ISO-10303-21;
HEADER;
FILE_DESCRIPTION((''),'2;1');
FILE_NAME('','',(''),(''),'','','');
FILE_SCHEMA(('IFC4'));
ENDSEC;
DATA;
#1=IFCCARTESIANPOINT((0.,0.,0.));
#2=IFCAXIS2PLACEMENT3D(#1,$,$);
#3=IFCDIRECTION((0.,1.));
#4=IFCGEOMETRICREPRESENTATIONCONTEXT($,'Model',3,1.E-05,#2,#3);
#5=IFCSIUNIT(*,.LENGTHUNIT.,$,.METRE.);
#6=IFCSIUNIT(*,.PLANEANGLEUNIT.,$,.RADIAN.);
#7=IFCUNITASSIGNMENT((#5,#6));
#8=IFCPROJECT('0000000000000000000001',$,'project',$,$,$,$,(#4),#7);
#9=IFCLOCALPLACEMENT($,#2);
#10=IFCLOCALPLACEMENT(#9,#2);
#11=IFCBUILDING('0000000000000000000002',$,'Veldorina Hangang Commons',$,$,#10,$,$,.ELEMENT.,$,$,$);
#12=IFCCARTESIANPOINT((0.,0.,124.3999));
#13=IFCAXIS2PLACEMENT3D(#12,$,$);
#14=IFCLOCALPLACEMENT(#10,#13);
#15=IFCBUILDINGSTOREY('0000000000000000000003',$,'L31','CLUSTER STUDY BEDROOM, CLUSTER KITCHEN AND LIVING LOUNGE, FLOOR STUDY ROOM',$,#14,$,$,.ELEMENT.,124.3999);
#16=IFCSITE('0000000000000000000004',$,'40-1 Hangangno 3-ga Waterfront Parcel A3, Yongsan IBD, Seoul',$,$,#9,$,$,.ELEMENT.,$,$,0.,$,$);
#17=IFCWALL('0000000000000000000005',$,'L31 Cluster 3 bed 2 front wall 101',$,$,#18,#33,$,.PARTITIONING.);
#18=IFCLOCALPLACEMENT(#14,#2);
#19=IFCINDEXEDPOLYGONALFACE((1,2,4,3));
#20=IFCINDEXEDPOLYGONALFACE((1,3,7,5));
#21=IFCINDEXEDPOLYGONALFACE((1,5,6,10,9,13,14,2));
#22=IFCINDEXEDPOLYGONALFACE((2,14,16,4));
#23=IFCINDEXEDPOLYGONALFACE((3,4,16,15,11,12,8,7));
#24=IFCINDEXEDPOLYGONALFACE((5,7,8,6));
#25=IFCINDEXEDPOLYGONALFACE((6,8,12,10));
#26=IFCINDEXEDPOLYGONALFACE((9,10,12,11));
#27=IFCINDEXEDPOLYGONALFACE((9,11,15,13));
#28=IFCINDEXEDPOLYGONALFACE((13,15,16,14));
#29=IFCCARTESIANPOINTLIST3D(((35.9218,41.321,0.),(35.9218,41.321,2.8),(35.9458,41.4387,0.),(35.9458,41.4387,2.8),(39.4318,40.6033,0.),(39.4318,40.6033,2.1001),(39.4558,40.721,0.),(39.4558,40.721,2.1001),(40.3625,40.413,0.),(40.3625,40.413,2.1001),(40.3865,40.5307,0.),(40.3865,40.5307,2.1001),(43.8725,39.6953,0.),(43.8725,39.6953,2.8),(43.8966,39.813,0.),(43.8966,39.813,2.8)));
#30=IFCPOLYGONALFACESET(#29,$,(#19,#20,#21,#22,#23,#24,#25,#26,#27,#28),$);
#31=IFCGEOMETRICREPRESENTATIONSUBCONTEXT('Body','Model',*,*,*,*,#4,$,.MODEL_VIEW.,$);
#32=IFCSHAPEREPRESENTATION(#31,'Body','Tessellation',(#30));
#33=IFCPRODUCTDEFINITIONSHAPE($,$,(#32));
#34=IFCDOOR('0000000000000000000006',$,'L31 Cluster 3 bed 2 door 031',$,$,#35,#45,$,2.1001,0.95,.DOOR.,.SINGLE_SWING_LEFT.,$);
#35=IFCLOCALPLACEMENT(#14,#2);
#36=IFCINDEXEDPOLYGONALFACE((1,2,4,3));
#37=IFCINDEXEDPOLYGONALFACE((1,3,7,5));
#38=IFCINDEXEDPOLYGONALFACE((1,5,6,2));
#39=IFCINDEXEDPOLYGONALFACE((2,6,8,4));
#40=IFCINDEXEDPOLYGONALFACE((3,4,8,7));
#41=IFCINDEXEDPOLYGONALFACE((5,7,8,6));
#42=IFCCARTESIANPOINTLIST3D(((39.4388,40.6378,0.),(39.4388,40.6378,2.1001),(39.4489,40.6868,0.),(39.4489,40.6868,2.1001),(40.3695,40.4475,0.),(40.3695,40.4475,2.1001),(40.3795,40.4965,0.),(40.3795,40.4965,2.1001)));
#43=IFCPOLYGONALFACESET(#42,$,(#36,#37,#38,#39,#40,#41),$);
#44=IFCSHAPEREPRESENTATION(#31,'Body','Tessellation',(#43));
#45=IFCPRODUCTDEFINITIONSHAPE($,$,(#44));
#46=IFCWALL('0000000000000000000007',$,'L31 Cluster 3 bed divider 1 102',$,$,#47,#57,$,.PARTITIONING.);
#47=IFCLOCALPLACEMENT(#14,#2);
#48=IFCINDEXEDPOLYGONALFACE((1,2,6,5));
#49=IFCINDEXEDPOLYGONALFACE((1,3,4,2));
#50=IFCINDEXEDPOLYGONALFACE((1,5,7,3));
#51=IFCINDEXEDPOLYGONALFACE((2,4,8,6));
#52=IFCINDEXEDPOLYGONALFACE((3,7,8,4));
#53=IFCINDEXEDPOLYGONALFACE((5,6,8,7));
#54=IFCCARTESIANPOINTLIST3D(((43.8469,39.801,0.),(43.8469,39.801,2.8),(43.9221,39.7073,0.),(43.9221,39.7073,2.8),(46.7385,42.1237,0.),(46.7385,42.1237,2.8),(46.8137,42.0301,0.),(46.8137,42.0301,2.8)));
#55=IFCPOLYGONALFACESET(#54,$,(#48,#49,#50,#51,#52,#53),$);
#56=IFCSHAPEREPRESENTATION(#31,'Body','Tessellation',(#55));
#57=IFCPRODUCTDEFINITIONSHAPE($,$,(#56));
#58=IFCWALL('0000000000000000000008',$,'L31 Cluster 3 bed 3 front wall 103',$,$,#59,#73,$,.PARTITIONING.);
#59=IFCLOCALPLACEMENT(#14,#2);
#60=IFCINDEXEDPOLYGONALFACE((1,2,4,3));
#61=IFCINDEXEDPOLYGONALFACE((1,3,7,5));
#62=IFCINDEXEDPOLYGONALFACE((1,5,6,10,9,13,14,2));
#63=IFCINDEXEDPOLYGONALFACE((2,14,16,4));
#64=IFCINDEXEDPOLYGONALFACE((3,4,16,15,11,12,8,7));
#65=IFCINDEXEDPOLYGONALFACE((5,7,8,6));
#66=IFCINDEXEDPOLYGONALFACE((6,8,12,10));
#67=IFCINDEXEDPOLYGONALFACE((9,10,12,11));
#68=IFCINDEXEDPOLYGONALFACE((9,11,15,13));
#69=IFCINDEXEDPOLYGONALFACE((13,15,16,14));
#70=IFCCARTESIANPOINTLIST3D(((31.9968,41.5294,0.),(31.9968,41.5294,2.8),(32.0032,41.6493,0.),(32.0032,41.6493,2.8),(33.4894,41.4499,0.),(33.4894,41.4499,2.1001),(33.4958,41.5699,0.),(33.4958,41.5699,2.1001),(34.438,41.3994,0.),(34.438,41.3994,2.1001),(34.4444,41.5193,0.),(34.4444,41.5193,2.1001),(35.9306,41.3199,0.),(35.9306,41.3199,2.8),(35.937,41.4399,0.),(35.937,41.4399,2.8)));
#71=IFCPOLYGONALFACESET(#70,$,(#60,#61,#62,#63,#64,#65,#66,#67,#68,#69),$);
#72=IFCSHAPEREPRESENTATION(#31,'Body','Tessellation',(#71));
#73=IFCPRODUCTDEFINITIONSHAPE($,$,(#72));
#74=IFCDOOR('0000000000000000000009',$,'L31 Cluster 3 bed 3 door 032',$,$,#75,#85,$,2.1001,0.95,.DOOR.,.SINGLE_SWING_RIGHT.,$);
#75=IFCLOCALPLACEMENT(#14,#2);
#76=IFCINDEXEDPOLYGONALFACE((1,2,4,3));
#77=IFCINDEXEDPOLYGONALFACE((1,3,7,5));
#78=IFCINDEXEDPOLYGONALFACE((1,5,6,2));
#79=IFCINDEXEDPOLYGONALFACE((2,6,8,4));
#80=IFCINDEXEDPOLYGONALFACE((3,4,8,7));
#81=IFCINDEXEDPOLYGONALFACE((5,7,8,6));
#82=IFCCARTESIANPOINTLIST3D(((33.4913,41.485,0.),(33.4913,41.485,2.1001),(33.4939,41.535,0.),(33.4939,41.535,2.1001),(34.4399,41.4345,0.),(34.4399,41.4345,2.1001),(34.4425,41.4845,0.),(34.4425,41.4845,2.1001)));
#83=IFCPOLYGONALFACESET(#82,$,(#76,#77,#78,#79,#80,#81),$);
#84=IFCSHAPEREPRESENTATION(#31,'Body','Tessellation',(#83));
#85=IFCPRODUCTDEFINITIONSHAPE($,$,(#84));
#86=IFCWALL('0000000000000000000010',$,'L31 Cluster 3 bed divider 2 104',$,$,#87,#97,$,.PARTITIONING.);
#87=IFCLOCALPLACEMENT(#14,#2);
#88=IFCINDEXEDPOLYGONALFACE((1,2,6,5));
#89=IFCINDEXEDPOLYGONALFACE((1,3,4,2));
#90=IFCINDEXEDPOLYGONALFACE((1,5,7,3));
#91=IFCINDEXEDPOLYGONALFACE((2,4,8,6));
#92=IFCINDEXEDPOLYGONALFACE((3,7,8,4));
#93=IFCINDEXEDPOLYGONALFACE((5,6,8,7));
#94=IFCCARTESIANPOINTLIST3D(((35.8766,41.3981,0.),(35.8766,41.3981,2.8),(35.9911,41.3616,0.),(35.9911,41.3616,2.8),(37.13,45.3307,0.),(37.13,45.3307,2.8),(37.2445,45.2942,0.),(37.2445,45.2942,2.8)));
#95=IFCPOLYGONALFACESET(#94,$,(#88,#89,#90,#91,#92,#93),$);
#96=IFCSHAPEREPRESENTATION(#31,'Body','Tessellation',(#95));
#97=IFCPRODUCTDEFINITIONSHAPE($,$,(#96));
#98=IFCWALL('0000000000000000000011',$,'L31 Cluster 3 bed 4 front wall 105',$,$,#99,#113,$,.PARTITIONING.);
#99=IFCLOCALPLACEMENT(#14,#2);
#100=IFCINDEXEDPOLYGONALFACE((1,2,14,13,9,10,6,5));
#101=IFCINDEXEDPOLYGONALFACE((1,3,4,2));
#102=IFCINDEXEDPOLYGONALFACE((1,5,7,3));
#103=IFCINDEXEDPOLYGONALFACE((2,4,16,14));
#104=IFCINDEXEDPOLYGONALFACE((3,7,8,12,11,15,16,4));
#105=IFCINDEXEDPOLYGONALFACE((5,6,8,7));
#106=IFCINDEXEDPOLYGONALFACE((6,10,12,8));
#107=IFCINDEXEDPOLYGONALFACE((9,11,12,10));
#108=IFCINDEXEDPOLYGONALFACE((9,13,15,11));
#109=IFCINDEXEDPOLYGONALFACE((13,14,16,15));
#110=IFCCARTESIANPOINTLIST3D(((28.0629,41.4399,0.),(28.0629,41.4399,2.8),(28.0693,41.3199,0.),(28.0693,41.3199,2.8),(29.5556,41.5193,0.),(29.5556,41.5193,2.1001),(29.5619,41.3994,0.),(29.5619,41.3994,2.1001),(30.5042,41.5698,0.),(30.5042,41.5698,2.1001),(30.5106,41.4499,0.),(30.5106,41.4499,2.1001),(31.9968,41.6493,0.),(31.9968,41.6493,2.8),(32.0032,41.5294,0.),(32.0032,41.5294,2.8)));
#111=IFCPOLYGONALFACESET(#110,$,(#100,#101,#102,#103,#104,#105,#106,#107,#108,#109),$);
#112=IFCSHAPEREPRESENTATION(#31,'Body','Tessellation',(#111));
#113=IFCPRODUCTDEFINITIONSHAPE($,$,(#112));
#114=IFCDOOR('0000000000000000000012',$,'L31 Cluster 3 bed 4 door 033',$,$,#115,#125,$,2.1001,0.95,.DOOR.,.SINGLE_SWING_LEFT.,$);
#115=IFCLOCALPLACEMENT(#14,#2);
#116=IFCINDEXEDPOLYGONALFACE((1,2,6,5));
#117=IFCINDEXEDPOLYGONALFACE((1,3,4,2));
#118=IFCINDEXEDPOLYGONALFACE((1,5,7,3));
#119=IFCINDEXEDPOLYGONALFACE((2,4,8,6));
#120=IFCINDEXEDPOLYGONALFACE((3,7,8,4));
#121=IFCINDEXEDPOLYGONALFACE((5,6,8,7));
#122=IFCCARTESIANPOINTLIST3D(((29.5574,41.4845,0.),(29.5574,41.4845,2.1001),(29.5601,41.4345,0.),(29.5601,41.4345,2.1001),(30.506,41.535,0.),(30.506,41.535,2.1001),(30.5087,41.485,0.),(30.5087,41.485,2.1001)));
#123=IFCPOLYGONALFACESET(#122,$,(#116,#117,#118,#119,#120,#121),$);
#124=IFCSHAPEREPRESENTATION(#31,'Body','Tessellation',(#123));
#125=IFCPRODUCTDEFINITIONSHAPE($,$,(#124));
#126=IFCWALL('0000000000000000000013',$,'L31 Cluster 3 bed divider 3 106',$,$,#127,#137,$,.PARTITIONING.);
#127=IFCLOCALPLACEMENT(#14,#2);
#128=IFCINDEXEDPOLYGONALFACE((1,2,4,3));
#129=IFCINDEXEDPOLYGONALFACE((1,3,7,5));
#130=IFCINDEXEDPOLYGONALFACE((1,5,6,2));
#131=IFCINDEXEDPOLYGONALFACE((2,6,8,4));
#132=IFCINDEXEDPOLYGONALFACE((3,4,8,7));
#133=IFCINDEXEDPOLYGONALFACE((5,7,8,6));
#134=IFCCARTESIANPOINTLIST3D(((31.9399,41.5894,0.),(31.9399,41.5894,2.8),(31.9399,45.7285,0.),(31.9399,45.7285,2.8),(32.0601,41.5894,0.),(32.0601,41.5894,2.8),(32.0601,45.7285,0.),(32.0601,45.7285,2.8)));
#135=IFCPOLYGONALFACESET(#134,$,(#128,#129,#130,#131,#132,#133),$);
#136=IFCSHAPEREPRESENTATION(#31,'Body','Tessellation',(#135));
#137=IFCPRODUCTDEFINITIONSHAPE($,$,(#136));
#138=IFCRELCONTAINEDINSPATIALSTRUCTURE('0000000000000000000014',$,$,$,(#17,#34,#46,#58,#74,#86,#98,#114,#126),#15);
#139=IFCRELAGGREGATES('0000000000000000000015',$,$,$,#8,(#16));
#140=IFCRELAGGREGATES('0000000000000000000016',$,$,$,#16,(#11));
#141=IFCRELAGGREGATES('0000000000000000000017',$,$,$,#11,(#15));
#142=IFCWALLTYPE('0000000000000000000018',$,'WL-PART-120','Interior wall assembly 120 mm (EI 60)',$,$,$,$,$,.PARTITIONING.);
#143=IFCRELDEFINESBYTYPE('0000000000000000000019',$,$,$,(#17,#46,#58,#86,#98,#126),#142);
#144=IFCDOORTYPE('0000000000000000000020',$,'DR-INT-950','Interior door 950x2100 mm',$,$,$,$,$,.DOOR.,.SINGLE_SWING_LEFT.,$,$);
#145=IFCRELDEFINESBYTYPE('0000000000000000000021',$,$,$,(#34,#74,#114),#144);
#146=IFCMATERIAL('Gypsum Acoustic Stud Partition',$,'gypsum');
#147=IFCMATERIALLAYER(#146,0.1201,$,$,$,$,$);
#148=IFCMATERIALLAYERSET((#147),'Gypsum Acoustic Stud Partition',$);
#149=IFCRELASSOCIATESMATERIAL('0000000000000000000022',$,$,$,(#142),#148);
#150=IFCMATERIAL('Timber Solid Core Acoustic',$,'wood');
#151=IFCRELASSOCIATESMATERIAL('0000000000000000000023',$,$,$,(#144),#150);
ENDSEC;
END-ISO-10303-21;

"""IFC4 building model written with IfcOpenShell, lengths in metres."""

from ifc_helpers import new_model, si_unit, direction, frame, frame_2d, origin, place, context, subcontext, project, spatial, rectangle, extrude, material, layer, layer_set, type_object, element, fill, save


model = new_model("IFC4")

# Units and contexts
model_context = context("Model", 3, precision=1e-05, world=origin(), true_north=direction((0.0, 1.0)))
body_context = subcontext(model_context, "Body", "Model", "MODEL_VIEW")
ifc_project = project(units=[si_unit("LENGTHUNIT", "METRE"), si_unit("PLANEANGLEUNIT", "RADIAN")], contexts=[model_context])

# Site, building, storey
site_placement = place(None, origin())
site = spatial("IfcSite", under=ifc_project, at=site_placement, Name="40-1 Hangangno 3-ga Waterfront Parcel A3, Yongsan IBD, Seoul", CompositionType="ELEMENT", RefElevation=0.0)
building_placement = place(site_placement, origin())
building = spatial("IfcBuilding", under=site, at=building_placement, Name="Veldorina Hangang Commons", CompositionType="ELEMENT")
storey_placement = place(building_placement, frame((0.0, 0.0, 124.3999)))
storey = spatial("IfcBuildingStorey", under=building, at=storey_placement, Name="L31", Description="CLUSTER STUDY BEDROOM, CLUSTER KITCHEN AND LIVING LOUNGE, FLOOR STUDY ROOM", CompositionType="ELEMENT", Elevation=124.3999)

# Wall, opening, door
ifc_material_1 = material(Name="Gypsum Acoustic Stud Partition", Category="gypsum")
ifc_layer_1 = layer(ifc_material_1, 0.1201)
ifc_layer_set_1 = layer_set([ifc_layer_1], Name="Gypsum Acoustic Stud Partition")
wall_type_1 = type_object("IfcWallType", Name="WL-PART-120", Description="Interior wall assembly 120 mm (EI 60)", PredefinedType="PARTITIONING", material=ifc_layer_set_1)
wall_1_placement = place(storey_placement, frame((43.8845, 39.7542, 0.0), z_axis=(0.0, 0.0, 1.0), x_axis=(-0.979728, 0.200332, 0.0)))
wall_1 = element("IfcWall", 1, at=wall_1_placement, inside=storey, type_object=wall_type_1, Name="L31 Cluster 3 bed 2 front wall 101", PredefinedType="PARTITIONING", context=body_context, shape_type="SweptSolid", body=[
    extrude(rectangle(XDim=8.1152, YDim=0.1201, at=frame_2d((4.0576, 0.0))), origin(), (0.0, 0.0, 1.0), 2.8),
])
opening_1_placement = place(wall_1_placement, frame((3.5825, 0.0, 0.0)))
opening_1 = element("IfcOpeningElement", 2, at=opening_1_placement, cuts=wall_1, PredefinedType="OPENING", context=body_context, shape_type="SweptSolid", body=[
    extrude(rectangle(XDim=0.95, YDim=2.1001, at=frame_2d((0.4751, 1.05))), frame((0.0, 0.0701, 0.0), z_axis=(0.0, -1.0, 0.0), x_axis=(1.0, 0.0, 0.0)), (0.0, 0.0, 1.0), 0.1401),
])
ifc_material_2 = material(Name="Timber Solid Core Acoustic", Category="wood")
door_type_1 = type_object("IfcDoorType", Name="DR-INT-950", Description="Interior door 950x2100 mm", OperationType="SINGLE_SWING_LEFT", PredefinedType="DOOR", material=ifc_material_2)
door_1_placement = place(opening_1_placement, origin())
door_1 = element("IfcDoor", 3, at=door_1_placement, inside=storey, type_object=door_type_1, Name="L31 Cluster 3 bed 2 door 031", OperationType="SINGLE_SWING_LEFT", OverallHeight=2.1001, OverallWidth=0.95, PredefinedType="DOOR", context=body_context, shape_type="SweptSolid", body=[
    extrude(rectangle(XDim=0.95, YDim=2.1001, at=frame_2d((0.4751, 1.05))), frame((0.0, 0.0249, 0.0), z_axis=(0.0, -1.0, 0.0), x_axis=(1.0, 0.0, 0.0)), (0.0, 0.0, 1.0), 0.05),
])
fill(opening_1, door_1)

# Wall
wall_2_placement = place(storey_placement, frame((43.8845, 39.7542, 0.0), z_axis=(0.0, 0.0, 1.0), x_axis=(0.779621, 0.626251, 0.0)))
element("IfcWall", 4, at=wall_2_placement, inside=storey, type_object=wall_type_1, Name="L31 Cluster 3 bed divider 1 102", PredefinedType="PARTITIONING", context=body_context, shape_type="SweptSolid", body=[
    extrude(rectangle(XDim=3.709, YDim=0.1201, at=frame_2d((1.8545, 0.0))), origin(), (0.0, 0.0, 1.0), 2.8),
])

# Wall, opening, door
wall_3_placement = place(storey_placement, frame((35.9338, 41.3799, 0.0), z_axis=(0.0, 0.0, 1.0), x_axis=(-0.998585, 0.053174, 0.0)))
wall_3 = element("IfcWall", 5, at=wall_3_placement, inside=storey, type_object=wall_type_1, Name="L31 Cluster 3 bed 3 front wall 103", PredefinedType="PARTITIONING", context=body_context, shape_type="SweptSolid", body=[
    extrude(rectangle(XDim=3.9395, YDim=0.1201, at=frame_2d((1.9697, 0.0))), origin(), (0.0, 0.0, 1.0), 2.8),
])
opening_2_placement = place(wall_3_placement, frame((1.4946, 0.0, 0.0)))
opening_2 = element("IfcOpeningElement", 6, at=opening_2_placement, cuts=wall_3, PredefinedType="OPENING", context=body_context, shape_type="SweptSolid", body=[
    extrude(rectangle(XDim=0.95, YDim=2.1001, at=frame_2d((0.4751, 1.05))), frame((0.0, 0.0701, 0.0), z_axis=(0.0, -1.0, 0.0), x_axis=(1.0, 0.0, 0.0)), (0.0, 0.0, 1.0), 0.1401),
])
door_2_placement = place(opening_2_placement, origin())
door_2 = element("IfcDoor", 7, at=door_2_placement, inside=storey, type_object=door_type_1, Name="L31 Cluster 3 bed 3 door 032", OperationType="SINGLE_SWING_RIGHT", OverallHeight=2.1001, OverallWidth=0.95, PredefinedType="DOOR", context=body_context, shape_type="SweptSolid", body=[
    extrude(rectangle(XDim=0.95, YDim=2.1001, at=frame_2d((0.4751, 1.05))), frame((0.0, 0.0249, 0.0), z_axis=(0.0, -1.0, 0.0), x_axis=(1.0, 0.0, 0.0)), (0.0, 0.0, 1.0), 0.05),
])
fill(opening_2, door_2)

# Wall
wall_4_placement = place(storey_placement, frame((35.9338, 41.3799, 0.0), z_axis=(0.0, 0.0, 1.0), x_axis=(0.303672, 0.952777, 0.0)))
element("IfcWall", 8, at=wall_4_placement, inside=storey, type_object=wall_type_1, Name="L31 Cluster 3 bed divider 2 104", PredefinedType="PARTITIONING", context=body_context, shape_type="SweptSolid", body=[
    extrude(rectangle(XDim=4.1274, YDim=0.1201, at=frame_2d((2.0637, 0.0))), origin(), (0.0, 0.0, 1.0), 2.8),
])

# Wall, opening, door
wall_5_placement = place(storey_placement, frame((32.0, 41.5894, 0.0), z_axis=(0.0, 0.0, 1.0), x_axis=(-0.998585, -0.053174, 0.0)))
wall_5 = element("IfcWall", 9, at=wall_5_placement, inside=storey, type_object=wall_type_1, Name="L31 Cluster 3 bed 4 front wall 105", PredefinedType="PARTITIONING", context=body_context, shape_type="SweptSolid", body=[
    extrude(rectangle(XDim=3.9395, YDim=0.1201, at=frame_2d((1.9697, 0.0))), origin(), (0.0, 0.0, 1.0), 2.8),
])
opening_3_placement = place(wall_5_placement, frame((1.4946, 0.0, 0.0)))
opening_3 = element("IfcOpeningElement", 10, at=opening_3_placement, cuts=wall_5, PredefinedType="OPENING", context=body_context, shape_type="SweptSolid", body=[
    extrude(rectangle(XDim=0.95, YDim=2.1001, at=frame_2d((0.4751, 1.05))), frame((0.0, 0.0701, 0.0), z_axis=(0.0, -1.0, 0.0), x_axis=(1.0, 0.0, 0.0)), (0.0, 0.0, 1.0), 0.1401),
])
door_3_placement = place(opening_3_placement, origin())
door_3 = element("IfcDoor", 11, at=door_3_placement, inside=storey, type_object=door_type_1, Name="L31 Cluster 3 bed 4 door 033", OperationType="SINGLE_SWING_LEFT", OverallHeight=2.1001, OverallWidth=0.95, PredefinedType="DOOR", context=body_context, shape_type="SweptSolid", body=[
    extrude(rectangle(XDim=0.95, YDim=2.1001, at=frame_2d((0.4751, 1.05))), frame((0.0, 0.0249, 0.0), z_axis=(0.0, -1.0, 0.0), x_axis=(1.0, 0.0, 0.0)), (0.0, 0.0, 1.0), 0.05),
])
fill(opening_3, door_3)

# Wall
wall_6_placement = place(storey_placement, frame((32.0, 41.5894, 0.0), z_axis=(0.0, 0.0, 1.0), x_axis=(0.0, 1.0, 0.0)))
element("IfcWall", 12, at=wall_6_placement, inside=storey, type_object=wall_type_1, Name="L31 Cluster 3 bed divider 3 106", PredefinedType="PARTITIONING", context=body_context, shape_type="SweptSolid", body=[
    extrude(rectangle(XDim=4.1392, YDim=0.1201, at=frame_2d((2.0696, 0.0))), origin(), (0.0, 0.0, 1.0), 2.8),
])

save(model, "model.ifc")
